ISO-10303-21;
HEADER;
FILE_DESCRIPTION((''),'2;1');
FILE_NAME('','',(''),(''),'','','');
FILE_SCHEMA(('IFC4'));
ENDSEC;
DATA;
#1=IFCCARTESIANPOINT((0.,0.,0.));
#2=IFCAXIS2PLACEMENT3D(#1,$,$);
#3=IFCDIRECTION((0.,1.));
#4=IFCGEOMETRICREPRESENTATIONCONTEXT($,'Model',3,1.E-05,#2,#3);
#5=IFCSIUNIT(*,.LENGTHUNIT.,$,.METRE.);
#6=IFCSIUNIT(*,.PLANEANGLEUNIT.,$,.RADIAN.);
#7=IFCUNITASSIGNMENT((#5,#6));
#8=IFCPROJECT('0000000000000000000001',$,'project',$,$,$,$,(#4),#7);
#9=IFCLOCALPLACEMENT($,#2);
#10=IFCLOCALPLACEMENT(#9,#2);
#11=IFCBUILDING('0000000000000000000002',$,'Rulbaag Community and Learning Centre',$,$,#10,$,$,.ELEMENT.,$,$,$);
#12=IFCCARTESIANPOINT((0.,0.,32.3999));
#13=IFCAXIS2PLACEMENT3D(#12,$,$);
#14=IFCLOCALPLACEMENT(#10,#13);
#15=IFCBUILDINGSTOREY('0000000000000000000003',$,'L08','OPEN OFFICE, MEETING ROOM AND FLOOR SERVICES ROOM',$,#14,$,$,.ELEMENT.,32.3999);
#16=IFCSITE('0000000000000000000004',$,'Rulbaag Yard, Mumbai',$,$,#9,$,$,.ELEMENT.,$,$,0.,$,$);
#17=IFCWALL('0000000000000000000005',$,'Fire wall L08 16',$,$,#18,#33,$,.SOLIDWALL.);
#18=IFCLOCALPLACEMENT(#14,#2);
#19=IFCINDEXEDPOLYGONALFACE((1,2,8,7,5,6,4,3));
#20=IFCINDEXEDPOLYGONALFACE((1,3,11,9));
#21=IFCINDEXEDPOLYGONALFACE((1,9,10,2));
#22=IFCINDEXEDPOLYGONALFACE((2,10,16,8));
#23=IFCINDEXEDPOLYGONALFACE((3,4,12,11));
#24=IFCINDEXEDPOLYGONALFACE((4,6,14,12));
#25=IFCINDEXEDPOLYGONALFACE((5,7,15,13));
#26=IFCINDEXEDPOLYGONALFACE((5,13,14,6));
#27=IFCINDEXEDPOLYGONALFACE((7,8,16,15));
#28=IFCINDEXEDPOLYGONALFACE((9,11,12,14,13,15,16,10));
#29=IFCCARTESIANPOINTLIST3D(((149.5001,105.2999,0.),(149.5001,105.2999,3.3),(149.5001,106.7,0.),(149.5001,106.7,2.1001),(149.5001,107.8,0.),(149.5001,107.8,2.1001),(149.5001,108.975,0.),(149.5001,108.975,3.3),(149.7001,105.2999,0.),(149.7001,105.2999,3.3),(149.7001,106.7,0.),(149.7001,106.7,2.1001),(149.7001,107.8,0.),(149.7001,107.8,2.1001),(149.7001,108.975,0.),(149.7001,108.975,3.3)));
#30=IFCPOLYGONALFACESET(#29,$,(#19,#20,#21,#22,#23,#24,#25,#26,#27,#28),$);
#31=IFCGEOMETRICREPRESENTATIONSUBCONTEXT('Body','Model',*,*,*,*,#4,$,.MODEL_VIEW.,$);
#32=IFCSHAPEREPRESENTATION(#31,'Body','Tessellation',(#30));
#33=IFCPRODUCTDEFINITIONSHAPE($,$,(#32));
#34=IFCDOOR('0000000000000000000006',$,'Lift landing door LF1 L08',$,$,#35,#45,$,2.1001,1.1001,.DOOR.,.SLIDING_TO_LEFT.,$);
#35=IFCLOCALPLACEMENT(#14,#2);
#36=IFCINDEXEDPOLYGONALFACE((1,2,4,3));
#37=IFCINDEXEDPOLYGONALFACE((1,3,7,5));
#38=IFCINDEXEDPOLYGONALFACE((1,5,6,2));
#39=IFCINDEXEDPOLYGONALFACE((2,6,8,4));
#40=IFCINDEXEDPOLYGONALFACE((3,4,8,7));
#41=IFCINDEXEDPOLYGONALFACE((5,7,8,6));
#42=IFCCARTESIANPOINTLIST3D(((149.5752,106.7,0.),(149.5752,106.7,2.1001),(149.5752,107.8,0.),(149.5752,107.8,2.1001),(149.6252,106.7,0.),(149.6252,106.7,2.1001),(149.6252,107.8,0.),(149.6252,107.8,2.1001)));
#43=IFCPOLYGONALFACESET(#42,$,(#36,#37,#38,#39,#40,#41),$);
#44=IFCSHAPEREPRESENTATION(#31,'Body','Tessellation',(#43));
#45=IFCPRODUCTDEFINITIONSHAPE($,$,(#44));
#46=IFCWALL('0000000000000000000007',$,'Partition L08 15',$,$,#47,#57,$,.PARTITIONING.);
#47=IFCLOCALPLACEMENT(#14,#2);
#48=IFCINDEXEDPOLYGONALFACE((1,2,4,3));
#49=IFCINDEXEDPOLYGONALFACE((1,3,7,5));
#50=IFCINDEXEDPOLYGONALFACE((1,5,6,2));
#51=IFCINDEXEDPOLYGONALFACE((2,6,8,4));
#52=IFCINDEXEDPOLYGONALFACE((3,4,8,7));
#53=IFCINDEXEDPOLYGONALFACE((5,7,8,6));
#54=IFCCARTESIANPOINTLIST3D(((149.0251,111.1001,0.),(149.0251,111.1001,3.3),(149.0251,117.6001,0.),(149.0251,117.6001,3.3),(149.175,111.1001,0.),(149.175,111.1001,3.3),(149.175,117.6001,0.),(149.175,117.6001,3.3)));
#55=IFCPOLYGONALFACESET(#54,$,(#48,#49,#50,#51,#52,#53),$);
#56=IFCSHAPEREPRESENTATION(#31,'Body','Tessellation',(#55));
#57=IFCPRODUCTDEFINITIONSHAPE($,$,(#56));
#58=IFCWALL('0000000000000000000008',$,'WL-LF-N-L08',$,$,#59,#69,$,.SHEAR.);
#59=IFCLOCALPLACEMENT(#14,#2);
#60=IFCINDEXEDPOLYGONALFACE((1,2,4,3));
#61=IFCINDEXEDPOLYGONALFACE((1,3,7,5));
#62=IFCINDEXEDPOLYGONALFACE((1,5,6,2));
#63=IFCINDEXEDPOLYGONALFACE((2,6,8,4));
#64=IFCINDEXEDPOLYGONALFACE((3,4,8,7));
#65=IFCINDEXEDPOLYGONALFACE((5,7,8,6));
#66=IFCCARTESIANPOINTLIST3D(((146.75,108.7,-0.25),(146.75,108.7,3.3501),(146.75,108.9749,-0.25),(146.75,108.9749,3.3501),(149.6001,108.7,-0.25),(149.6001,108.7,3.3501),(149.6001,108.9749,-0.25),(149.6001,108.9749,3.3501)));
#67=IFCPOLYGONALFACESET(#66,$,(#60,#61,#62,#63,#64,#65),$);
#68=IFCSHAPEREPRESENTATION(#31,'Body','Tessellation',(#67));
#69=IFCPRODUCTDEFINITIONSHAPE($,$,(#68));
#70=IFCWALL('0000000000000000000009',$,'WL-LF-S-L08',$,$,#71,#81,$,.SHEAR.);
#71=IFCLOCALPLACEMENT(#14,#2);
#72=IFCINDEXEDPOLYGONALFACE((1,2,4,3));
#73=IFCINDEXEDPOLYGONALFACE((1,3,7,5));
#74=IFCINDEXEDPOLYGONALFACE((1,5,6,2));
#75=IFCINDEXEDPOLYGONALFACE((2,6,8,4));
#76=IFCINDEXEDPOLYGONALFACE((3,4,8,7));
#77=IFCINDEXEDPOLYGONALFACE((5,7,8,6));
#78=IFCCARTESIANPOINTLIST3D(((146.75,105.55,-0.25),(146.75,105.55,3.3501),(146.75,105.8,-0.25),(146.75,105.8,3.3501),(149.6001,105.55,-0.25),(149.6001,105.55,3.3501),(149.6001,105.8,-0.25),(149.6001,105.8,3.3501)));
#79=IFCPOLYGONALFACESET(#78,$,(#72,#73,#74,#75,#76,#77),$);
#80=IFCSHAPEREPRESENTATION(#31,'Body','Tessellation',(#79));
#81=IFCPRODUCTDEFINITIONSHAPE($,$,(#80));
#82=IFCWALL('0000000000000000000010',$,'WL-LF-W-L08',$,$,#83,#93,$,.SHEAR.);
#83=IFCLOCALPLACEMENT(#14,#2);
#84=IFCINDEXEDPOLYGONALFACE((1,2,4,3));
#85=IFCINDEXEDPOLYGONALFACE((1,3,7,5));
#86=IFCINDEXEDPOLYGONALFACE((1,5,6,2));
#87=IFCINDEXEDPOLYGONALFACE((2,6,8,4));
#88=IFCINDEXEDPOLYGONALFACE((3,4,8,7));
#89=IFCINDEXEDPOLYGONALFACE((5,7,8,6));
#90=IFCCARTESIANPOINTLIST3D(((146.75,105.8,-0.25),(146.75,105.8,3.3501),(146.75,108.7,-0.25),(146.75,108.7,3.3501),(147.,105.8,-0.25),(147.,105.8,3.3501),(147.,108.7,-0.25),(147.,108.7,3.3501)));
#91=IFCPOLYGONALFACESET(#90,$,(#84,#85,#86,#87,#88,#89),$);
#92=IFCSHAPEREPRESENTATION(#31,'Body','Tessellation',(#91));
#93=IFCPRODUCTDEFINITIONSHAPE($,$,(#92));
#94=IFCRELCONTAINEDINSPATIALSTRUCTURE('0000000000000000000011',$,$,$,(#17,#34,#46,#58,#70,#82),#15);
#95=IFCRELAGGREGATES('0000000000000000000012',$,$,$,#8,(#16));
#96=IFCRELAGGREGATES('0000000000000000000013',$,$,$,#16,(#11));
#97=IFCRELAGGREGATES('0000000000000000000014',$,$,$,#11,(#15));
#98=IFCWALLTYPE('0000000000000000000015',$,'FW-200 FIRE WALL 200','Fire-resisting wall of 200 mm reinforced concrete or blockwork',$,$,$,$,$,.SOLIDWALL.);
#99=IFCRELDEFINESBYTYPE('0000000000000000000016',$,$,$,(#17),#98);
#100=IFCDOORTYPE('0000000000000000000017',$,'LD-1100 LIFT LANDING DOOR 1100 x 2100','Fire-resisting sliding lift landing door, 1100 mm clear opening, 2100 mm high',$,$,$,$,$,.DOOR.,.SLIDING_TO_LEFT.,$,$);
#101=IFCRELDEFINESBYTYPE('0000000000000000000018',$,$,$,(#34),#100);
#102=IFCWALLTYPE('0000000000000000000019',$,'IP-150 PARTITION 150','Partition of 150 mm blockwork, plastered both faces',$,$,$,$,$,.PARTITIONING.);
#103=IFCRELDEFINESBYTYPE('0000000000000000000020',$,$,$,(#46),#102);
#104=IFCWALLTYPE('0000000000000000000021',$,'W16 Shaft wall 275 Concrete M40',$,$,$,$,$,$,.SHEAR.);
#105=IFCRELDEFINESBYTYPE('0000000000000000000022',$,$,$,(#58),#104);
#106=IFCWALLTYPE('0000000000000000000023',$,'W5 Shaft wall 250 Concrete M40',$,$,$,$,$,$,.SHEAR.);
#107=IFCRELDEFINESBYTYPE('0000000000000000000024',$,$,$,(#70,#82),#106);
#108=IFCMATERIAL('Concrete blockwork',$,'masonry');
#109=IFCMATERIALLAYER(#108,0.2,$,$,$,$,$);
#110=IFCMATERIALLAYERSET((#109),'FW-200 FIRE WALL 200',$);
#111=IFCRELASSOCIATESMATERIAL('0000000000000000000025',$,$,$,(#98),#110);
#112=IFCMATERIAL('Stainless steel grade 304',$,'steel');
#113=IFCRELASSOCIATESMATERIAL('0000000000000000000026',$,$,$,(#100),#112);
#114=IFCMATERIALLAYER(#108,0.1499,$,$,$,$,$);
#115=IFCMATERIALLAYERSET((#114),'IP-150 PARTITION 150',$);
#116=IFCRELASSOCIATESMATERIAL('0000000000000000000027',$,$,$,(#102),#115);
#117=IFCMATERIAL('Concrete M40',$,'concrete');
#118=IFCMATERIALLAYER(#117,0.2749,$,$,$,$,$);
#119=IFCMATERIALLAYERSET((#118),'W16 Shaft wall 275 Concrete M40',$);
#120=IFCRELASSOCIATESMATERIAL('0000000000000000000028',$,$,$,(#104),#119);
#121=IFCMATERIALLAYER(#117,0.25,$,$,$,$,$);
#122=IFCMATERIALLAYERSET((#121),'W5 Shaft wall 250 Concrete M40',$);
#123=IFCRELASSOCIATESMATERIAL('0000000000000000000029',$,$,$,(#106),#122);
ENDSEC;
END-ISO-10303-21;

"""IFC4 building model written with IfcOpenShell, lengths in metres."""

from ifc_helpers import new_model, si_unit, direction, frame, frame_2d, origin, place, context, subcontext, project, spatial, rectangle, extrude, material, layer, layer_set, type_object, element, fill, save


model = new_model("IFC4")

# Units and contexts
model_context = context("Model", 3, precision=1e-05, world=origin(), true_north=direction((0.0, 1.0)))
body_context = subcontext(model_context, "Body", "Model", "MODEL_VIEW")
ifc_project = project(units=[si_unit("LENGTHUNIT", "METRE"), si_unit("PLANEANGLEUNIT", "RADIAN")], contexts=[model_context])

# Site, building, storey
site_placement = place(None, origin())
site = spatial("IfcSite", under=ifc_project, at=site_placement, Name="Rulbaag Yard, Mumbai", CompositionType="ELEMENT", RefElevation=0.0)
building_placement = place(site_placement, origin())
building = spatial("IfcBuilding", under=site, at=building_placement, Name="Rulbaag Community and Learning Centre", CompositionType="ELEMENT")
storey_placement = place(building_placement, frame((0.0, 0.0, 32.3999)))
storey = spatial("IfcBuildingStorey", under=building, at=storey_placement, Name="L08", Description="OPEN OFFICE, MEETING ROOM AND FLOOR SERVICES ROOM", CompositionType="ELEMENT", Elevation=32.3999)

# Shared definitions
ifc_material_1 = material(Name="Concrete M40", Category="concrete")

# Shared definitions
ifc_material_2 = material(Name="Concrete blockwork", Category="masonry")
ifc_layer_1 = layer(ifc_material_2, 0.2)
ifc_layer_set_1 = layer_set([ifc_layer_1], Name="FW-200 FIRE WALL 200")
wall_type_1 = type_object("IfcWallType", Name="FW-200 FIRE WALL 200", Description="Fire-resisting wall of 200 mm reinforced concrete or blockwork", PredefinedType="SOLIDWALL", material=ifc_layer_set_1)

# Wall, opening, door
wall_1_placement = place(storey_placement, frame((149.6001, 105.3, 0.0), z_axis=(0.0, 0.0, 1.0), x_axis=(0.0, 1.0, 0.0)))
wall_1 = element("IfcWall", 1, at=wall_1_placement, inside=storey, type_object=wall_type_1, Name="Fire wall L08 16", PredefinedType="SOLIDWALL", context=body_context, shape_type="SweptSolid", body=[
    extrude(rectangle(XDim=3.675, YDim=0.2, at=frame_2d((1.8374, 0.0))), origin(), (0.0, 0.0, 1.0), 3.3),
])
opening_1_placement = place(wall_1_placement, frame((1.3999, 0.0, 0.0)))
opening_1 = element("IfcOpeningElement", 2, at=opening_1_placement, cuts=wall_1, PredefinedType="OPENING", context=body_context, shape_type="SweptSolid", body=[
    extrude(rectangle(XDim=1.1001, YDim=2.1001, at=frame_2d((0.55, 1.05))), frame((0.0, 0.1099, 0.0), z_axis=(0.0, -1.0, 0.0), x_axis=(1.0, 0.0, 0.0)), (0.0, 0.0, 1.0), 0.22),
])
ifc_material_3 = material(Name="Stainless steel grade 304", Category="steel")
door_type_1 = type_object("IfcDoorType", Name="LD-1100 LIFT LANDING DOOR 1100 x 2100", Description="Fire-resisting sliding lift landing door, 1100 mm clear opening, 2100 mm high", OperationType="SLIDING_TO_LEFT", PredefinedType="DOOR", material=ifc_material_3)
door_1_placement = place(opening_1_placement, origin())
door_1 = element("IfcDoor", 3, at=door_1_placement, inside=storey, type_object=door_type_1, Name="Lift landing door LF1 L08", OperationType="SLIDING_TO_LEFT", OverallHeight=2.1001, OverallWidth=1.1001, PredefinedType="DOOR", context=body_context, shape_type="SweptSolid", body=[
    extrude(rectangle(XDim=1.1001, YDim=2.1001, at=frame_2d((0.55, 1.05))), frame((0.0, 0.0249, 0.0), z_axis=(0.0, -1.0, 0.0), x_axis=(1.0, 0.0, 0.0)), (0.0, 0.0, 1.0), 0.05),
])
fill(opening_1, door_1)

# Walls
ifc_layer_2 = layer(ifc_material_2, 0.1499)
ifc_layer_set_2 = layer_set([ifc_layer_2], Name="IP-150 PARTITION 150")
wall_type_2 = type_object("IfcWallType", Name="IP-150 PARTITION 150", Description="Partition of 150 mm blockwork, plastered both faces", PredefinedType="PARTITIONING", material=ifc_layer_set_2)
wall_2_placement = place(storey_placement, frame((149.1001, 111.1001, 0.0), z_axis=(0.0, 0.0, 1.0), x_axis=(0.0, 1.0, 0.0)))
element("IfcWall", 4, at=wall_2_placement, inside=storey, type_object=wall_type_2, Name="Partition L08 15", PredefinedType="PARTITIONING", context=body_context, shape_type="SweptSolid", body=[
    extrude(rectangle(XDim=6.5, YDim=0.1499, at=frame_2d((3.25, 0.0))), origin(), (0.0, 0.0, 1.0), 3.3),
])
ifc_layer_3 = layer(ifc_material_1, 0.2749)
ifc_layer_set_3 = layer_set([ifc_layer_3], Name="W16 Shaft wall 275 Concrete M40")
wall_type_3 = type_object("IfcWallType", Name="W16 Shaft wall 275 Concrete M40", PredefinedType="SHEAR", material=ifc_layer_set_3)
wall_3_placement = place(storey_placement, frame((146.75, 108.8374, -0.25), z_axis=(0.0, 0.0, 1.0), x_axis=(1.0, 0.0, 0.0)))
element("IfcWall", 5, at=wall_3_placement, inside=storey, type_object=wall_type_3, Name="WL-LF-N-L08", PredefinedType="SHEAR", context=body_context, shape_type="SweptSolid", body=[
    extrude(rectangle(XDim=2.8501, YDim=0.2749, at=frame_2d((1.425, 0.0))), origin(), (0.0, 0.0, 1.0), 3.6001),
])
ifc_layer_4 = layer(ifc_material_1, 0.25)
ifc_layer_set_4 = layer_set([ifc_layer_4], Name="W5 Shaft wall 250 Concrete M40")
wall_type_4 = type_object("IfcWallType", Name="W5 Shaft wall 250 Concrete M40", PredefinedType="SHEAR", material=ifc_layer_set_4)
wall_4_placement = place(storey_placement, frame((146.75, 105.675, -0.25), z_axis=(0.0, 0.0, 1.0), x_axis=(1.0, 0.0, 0.0)))
element("IfcWall", 6, at=wall_4_placement, inside=storey, type_object=wall_type_4, Name="WL-LF-S-L08", PredefinedType="SHEAR", context=body_context, shape_type="SweptSolid", body=[
    extrude(rectangle(XDim=2.8501, YDim=0.25, at=frame_2d((1.425, 0.0))), origin(), (0.0, 0.0, 1.0), 3.6001),
])
wall_5_placement = place(storey_placement, frame((146.875, 105.8, -0.25), z_axis=(0.0, 0.0, 1.0), x_axis=(0.0, 1.0, 0.0)))
element("IfcWall", 7, at=wall_5_placement, inside=storey, type_object=wall_type_4, Name="WL-LF-W-L08", PredefinedType="SHEAR", context=body_context, shape_type="SweptSolid", body=[
    extrude(rectangle(XDim=2.8999, YDim=0.25, at=frame_2d((1.45, 0.0))), origin(), (0.0, 0.0, 1.0), 3.6001),
])

save(model, "model.ifc")
